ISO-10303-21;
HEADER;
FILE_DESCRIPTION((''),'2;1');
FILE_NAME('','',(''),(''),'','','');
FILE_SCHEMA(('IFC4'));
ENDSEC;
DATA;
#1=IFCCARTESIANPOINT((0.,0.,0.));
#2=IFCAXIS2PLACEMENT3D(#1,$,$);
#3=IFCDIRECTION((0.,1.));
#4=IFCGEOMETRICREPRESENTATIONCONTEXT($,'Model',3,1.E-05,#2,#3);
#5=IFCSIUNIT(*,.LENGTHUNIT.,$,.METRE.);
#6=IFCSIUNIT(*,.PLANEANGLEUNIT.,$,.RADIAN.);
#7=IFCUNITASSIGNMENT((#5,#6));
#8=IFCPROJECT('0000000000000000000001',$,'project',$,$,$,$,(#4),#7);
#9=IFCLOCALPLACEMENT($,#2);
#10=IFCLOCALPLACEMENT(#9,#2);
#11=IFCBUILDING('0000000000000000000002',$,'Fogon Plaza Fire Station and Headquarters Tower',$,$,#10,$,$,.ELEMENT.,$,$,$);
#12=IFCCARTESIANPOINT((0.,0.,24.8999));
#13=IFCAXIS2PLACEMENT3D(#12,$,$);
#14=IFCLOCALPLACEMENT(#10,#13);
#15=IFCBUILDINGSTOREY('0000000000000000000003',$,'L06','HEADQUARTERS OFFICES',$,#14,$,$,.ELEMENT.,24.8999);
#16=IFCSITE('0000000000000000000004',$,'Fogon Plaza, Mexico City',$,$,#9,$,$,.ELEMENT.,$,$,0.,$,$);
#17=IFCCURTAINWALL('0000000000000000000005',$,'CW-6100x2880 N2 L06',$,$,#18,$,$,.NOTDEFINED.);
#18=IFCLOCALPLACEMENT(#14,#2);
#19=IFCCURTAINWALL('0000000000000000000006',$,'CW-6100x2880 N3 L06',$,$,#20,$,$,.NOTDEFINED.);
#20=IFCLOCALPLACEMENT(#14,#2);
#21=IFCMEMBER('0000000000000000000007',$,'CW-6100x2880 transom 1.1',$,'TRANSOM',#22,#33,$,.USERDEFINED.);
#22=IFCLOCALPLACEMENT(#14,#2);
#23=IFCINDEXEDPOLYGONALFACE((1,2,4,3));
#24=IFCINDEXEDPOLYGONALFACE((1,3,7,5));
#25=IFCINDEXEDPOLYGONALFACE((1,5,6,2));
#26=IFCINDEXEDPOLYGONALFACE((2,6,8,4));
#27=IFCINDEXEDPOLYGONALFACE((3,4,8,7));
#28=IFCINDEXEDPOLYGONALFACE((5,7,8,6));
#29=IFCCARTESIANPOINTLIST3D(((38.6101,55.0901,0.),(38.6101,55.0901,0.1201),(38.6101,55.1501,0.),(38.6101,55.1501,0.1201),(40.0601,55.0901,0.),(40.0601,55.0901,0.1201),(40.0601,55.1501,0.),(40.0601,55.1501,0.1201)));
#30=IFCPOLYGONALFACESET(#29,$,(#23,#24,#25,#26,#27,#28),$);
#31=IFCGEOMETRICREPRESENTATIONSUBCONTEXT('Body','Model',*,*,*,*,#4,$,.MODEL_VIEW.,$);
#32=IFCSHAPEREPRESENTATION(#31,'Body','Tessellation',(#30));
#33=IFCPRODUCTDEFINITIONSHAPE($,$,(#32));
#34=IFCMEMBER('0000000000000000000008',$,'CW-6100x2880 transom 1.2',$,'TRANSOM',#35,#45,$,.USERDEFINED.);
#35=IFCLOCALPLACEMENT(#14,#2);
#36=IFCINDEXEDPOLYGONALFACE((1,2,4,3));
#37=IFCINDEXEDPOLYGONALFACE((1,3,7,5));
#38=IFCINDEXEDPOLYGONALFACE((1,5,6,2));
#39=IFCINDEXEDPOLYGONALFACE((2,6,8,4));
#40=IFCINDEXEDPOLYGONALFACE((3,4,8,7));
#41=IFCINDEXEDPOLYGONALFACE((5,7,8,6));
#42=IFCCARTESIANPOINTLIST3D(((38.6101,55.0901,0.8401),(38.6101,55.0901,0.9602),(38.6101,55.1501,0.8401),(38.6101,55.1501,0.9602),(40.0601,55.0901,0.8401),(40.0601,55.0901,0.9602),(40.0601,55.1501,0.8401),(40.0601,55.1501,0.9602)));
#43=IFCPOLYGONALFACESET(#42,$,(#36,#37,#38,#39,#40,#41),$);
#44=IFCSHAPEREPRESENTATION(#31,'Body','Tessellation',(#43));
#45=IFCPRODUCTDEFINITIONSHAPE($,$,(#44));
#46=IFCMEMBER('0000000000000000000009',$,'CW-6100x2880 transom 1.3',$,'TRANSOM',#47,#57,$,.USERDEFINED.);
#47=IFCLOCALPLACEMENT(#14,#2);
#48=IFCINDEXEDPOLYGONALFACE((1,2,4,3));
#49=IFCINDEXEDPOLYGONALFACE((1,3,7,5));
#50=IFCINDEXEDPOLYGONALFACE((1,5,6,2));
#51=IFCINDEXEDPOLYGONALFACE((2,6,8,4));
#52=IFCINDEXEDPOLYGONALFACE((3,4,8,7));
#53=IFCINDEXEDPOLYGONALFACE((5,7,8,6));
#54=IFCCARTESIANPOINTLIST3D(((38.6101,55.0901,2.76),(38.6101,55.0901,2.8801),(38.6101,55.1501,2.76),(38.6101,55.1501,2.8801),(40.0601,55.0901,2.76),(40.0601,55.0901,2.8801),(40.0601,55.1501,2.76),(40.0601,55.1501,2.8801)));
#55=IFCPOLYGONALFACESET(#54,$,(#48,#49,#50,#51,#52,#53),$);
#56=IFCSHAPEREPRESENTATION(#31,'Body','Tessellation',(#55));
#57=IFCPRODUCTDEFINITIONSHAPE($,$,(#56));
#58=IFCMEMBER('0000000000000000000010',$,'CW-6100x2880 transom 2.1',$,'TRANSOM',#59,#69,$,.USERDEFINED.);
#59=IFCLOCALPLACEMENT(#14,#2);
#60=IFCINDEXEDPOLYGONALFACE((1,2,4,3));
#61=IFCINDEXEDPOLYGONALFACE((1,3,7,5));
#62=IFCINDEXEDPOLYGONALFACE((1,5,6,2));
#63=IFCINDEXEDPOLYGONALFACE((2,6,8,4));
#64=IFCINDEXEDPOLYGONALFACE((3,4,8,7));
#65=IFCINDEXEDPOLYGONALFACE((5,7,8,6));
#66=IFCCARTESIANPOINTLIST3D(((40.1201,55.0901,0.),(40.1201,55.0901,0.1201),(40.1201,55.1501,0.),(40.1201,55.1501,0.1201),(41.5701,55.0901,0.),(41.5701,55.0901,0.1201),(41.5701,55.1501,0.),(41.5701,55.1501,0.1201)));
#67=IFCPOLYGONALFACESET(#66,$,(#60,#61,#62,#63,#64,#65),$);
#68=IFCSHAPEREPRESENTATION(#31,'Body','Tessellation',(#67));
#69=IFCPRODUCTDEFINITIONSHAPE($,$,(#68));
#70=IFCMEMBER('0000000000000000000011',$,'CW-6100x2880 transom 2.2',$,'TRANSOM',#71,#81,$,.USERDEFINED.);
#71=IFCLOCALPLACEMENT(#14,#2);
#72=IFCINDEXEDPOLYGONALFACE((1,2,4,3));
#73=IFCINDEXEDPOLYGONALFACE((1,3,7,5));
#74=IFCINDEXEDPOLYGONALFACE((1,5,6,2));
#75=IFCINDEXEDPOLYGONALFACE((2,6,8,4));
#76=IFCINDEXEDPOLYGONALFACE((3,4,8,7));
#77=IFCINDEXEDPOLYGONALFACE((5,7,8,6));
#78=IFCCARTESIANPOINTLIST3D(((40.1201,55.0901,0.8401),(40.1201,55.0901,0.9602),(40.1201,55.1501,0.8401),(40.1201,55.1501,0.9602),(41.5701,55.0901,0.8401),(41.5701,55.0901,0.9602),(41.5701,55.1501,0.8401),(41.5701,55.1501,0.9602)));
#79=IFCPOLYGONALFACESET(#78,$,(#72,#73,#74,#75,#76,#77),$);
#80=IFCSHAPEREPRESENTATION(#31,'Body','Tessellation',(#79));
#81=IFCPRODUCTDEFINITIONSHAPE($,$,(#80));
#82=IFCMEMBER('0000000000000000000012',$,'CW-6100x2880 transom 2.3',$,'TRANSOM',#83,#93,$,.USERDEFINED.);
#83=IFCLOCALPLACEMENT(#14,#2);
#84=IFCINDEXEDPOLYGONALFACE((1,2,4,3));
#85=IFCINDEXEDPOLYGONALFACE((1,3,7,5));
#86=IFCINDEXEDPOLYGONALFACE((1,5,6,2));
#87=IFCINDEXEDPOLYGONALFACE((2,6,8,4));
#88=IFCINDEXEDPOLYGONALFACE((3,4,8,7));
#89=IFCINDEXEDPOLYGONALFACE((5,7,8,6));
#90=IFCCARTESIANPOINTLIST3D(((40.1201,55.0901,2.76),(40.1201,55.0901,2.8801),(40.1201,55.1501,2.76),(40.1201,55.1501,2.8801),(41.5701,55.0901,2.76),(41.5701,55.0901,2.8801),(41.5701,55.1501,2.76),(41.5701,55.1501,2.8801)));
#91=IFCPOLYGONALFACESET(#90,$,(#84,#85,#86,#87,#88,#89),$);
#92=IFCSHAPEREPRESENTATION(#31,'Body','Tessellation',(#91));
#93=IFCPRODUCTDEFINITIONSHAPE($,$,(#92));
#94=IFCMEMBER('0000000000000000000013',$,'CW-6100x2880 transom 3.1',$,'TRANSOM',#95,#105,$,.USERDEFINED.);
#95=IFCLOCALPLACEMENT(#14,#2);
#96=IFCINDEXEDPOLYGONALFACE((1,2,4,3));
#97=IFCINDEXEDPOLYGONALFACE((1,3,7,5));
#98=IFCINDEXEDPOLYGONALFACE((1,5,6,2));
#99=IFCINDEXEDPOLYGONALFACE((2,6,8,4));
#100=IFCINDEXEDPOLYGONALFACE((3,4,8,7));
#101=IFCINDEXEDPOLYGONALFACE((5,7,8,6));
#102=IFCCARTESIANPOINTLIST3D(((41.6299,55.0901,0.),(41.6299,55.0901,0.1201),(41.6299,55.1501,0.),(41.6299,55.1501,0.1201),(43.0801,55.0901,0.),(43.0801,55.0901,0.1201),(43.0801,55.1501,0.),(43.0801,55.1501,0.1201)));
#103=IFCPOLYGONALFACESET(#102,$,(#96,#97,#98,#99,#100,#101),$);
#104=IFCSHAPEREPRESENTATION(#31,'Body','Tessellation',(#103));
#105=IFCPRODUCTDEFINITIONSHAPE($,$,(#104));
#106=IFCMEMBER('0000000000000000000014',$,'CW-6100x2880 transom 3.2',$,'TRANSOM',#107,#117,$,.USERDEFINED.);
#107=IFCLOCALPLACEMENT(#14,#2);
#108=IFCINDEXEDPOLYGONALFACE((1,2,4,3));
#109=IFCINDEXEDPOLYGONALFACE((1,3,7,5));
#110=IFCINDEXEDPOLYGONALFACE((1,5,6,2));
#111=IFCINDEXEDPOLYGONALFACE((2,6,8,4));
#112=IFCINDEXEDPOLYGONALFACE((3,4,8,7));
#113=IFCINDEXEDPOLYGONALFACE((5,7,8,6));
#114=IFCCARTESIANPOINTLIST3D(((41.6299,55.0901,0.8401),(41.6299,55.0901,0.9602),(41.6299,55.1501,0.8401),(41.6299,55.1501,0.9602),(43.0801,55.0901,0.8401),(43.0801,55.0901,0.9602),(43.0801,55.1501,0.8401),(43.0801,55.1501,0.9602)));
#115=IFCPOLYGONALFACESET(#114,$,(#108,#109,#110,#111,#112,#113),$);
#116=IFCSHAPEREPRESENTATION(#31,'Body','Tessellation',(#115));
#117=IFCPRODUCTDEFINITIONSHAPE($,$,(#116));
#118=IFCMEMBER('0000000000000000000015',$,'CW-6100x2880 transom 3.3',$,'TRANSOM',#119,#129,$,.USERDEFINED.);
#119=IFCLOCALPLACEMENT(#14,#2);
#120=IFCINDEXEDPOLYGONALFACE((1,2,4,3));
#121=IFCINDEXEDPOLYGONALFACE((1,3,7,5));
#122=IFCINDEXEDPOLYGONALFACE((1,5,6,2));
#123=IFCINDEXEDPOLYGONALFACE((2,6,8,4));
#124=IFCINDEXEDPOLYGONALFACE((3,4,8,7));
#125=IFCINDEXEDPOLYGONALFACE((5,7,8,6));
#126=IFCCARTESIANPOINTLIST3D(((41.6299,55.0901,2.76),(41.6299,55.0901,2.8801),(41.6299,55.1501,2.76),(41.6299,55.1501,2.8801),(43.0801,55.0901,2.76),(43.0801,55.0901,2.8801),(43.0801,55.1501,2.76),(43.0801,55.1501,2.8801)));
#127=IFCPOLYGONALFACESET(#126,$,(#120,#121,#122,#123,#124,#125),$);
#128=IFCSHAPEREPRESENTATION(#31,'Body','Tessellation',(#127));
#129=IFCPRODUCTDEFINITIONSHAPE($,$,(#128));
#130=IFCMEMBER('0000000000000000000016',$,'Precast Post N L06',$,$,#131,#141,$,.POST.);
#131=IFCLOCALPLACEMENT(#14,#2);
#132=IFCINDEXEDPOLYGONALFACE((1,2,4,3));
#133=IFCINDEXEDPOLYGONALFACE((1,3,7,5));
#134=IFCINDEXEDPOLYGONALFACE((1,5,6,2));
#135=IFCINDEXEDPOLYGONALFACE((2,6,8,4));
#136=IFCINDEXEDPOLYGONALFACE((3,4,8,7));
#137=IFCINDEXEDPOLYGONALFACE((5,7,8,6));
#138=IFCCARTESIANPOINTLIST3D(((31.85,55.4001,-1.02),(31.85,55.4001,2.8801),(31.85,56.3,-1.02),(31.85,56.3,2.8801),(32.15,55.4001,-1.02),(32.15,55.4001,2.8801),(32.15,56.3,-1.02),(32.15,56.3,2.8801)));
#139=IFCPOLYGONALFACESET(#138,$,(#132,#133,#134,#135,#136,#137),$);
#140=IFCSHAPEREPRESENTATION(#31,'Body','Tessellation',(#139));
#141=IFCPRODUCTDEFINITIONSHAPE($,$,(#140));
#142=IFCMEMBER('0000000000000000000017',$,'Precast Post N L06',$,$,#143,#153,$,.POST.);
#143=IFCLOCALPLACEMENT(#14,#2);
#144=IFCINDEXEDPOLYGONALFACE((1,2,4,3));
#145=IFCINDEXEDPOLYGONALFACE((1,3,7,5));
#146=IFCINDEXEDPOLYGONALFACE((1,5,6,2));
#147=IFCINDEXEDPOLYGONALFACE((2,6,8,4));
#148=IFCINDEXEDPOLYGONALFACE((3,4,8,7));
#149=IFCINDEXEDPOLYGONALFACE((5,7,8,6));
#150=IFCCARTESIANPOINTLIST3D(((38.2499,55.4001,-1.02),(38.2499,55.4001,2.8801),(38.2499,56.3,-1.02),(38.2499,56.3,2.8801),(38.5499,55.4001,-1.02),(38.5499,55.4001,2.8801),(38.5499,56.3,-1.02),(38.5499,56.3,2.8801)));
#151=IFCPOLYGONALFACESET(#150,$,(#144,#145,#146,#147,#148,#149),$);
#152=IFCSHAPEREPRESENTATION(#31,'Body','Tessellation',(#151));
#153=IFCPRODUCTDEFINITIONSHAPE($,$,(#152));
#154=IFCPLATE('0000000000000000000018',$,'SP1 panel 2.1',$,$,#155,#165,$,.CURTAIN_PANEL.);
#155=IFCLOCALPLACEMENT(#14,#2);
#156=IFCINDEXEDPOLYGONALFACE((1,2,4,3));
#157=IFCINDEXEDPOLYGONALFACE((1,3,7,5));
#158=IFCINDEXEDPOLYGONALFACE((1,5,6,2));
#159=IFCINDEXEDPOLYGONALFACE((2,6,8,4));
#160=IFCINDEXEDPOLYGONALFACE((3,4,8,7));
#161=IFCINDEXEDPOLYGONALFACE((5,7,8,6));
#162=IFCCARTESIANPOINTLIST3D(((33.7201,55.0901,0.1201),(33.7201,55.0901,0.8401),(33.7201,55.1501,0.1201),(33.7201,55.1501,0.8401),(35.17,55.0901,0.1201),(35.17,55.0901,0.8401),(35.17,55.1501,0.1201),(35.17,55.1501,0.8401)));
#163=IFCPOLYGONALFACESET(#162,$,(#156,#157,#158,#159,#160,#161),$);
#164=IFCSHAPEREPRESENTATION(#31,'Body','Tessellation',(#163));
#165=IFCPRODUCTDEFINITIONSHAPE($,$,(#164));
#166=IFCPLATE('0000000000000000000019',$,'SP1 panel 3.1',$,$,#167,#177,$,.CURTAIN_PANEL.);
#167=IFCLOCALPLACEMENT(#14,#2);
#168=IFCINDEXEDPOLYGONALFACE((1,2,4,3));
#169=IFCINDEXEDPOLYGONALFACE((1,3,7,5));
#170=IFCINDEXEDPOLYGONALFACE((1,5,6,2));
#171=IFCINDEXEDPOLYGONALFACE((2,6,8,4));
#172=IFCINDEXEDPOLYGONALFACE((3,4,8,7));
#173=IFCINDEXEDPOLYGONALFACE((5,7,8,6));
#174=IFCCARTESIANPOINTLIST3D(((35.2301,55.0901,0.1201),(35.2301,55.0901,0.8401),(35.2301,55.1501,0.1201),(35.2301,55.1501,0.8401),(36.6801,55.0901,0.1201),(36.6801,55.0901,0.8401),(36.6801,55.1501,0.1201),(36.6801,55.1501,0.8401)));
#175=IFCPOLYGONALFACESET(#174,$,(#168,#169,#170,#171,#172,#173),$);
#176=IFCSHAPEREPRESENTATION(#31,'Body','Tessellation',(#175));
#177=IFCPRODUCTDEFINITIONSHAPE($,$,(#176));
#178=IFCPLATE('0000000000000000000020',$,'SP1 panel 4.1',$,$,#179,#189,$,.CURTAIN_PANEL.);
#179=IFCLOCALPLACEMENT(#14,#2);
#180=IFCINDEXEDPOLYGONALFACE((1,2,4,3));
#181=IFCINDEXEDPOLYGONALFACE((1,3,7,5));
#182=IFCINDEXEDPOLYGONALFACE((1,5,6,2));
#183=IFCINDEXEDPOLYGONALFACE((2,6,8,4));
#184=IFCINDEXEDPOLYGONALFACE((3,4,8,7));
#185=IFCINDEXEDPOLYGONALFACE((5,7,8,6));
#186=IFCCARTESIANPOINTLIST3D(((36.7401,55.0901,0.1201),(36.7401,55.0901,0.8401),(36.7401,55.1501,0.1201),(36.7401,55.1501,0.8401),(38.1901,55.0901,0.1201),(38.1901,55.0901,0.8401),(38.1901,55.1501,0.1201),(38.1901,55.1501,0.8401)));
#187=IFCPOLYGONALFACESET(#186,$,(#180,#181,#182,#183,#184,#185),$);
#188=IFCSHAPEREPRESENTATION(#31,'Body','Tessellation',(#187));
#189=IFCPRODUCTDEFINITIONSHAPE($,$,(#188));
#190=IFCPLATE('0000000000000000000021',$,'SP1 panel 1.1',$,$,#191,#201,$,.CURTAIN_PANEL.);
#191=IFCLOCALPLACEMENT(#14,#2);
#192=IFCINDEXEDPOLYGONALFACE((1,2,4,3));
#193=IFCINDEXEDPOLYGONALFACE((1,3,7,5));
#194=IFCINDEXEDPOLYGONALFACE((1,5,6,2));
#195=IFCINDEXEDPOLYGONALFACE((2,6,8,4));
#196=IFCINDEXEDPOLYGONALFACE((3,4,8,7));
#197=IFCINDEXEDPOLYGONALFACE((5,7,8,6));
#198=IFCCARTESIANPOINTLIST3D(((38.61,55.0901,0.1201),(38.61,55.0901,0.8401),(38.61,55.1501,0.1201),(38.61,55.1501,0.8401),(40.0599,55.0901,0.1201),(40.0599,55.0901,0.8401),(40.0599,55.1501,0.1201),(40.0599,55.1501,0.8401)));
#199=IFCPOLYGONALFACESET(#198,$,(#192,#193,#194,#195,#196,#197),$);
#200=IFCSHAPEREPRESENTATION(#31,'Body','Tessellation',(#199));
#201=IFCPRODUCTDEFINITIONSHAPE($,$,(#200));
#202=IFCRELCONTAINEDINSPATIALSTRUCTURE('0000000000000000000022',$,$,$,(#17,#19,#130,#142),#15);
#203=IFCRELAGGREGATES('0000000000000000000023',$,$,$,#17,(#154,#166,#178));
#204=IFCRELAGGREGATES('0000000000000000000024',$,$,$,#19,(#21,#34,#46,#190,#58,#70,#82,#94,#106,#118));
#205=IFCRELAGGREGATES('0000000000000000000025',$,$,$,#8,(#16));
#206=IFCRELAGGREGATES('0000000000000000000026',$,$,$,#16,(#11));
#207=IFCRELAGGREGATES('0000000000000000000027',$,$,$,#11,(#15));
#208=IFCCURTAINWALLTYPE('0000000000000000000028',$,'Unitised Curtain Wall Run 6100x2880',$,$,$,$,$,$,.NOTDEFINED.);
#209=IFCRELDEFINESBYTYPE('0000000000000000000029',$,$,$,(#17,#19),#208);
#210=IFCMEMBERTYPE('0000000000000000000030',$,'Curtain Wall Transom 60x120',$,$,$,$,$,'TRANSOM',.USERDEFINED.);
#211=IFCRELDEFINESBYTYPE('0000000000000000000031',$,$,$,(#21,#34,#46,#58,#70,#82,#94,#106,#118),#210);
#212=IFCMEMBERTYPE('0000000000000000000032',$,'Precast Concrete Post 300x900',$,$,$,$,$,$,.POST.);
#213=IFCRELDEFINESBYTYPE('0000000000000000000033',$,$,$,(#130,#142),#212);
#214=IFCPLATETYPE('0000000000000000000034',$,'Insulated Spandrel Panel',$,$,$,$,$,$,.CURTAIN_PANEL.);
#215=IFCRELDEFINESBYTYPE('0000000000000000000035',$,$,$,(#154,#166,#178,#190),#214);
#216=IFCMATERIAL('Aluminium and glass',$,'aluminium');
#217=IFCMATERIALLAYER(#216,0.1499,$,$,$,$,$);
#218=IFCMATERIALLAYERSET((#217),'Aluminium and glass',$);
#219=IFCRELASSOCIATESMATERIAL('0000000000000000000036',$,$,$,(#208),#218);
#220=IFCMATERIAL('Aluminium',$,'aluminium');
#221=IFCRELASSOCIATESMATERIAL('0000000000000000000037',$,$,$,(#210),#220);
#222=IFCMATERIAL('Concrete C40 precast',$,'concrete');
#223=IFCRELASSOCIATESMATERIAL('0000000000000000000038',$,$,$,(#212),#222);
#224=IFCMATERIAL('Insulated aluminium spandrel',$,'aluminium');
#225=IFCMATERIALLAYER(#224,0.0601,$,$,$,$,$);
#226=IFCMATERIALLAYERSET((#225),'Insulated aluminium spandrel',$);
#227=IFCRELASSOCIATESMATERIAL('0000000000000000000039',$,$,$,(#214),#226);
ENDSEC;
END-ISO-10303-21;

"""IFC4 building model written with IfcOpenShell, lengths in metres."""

from ifc_helpers import new_model, si_unit, direction, frame, origin, origin_2d, place, context, subcontext, project, spatial, rectangle, extrude, material, layer, layer_set, material_profile, profile_set, type_object, element, aggregate, save


model = new_model("IFC4")

# Units and contexts
model_context = context("Model", 3, precision=1e-05, world=origin(), true_north=direction((0.0, 1.0)))
body_context = subcontext(model_context, "Body", "Model", "MODEL_VIEW")
ifc_project = project(units=[si_unit("LENGTHUNIT", "METRE"), si_unit("PLANEANGLEUNIT", "RADIAN")], contexts=[model_context])

# Site, building, storey
site_placement = place(None, origin())
site = spatial("IfcSite", under=ifc_project, at=site_placement, Name="Fogon Plaza, Mexico City", CompositionType="ELEMENT", RefElevation=0.0)
building_placement = place(site_placement, origin())
building = spatial("IfcBuilding", under=site, at=building_placement, Name="Fogon Plaza Fire Station and Headquarters Tower", CompositionType="ELEMENT")
storey_placement = place(building_placement, frame((0.0, 0.0, 24.8999)))
storey = spatial("IfcBuildingStorey", under=building, at=storey_placement, Name="L06", Description="HEADQUARTERS OFFICES", CompositionType="ELEMENT", Elevation=24.8999)

# Curtain walls
ifc_material_1 = material(Name="Aluminium and glass", Category="aluminium")
ifc_layer_1 = layer(ifc_material_1, 0.1499)
ifc_layer_set_1 = layer_set([ifc_layer_1], Name="Aluminium and glass")
curtain_wall_type = type_object("IfcCurtainWallType", Name="Unitised Curtain Wall Run 6100x2880", PredefinedType="NOTDEFINED", material=ifc_layer_set_1)
curtain_wall_1_placement = place(storey_placement, origin())
curtain_wall_1 = element("IfcCurtainWall", 1, at=curtain_wall_1_placement, inside=storey, type_object=curtain_wall_type, Name="CW-6100x2880 N2 L06", PredefinedType="NOTDEFINED")
curtain_wall_2_placement = place(storey_placement, origin())
curtain_wall_2 = element("IfcCurtainWall", 2, at=curtain_wall_2_placement, inside=storey, type_object=curtain_wall_type, Name="CW-6100x2880 N3 L06", PredefinedType="NOTDEFINED")

# Members
ifc_material_2 = material(Name="Aluminium", Category="aluminium")
ifc_material_profile_1 = material_profile(ifc_material_2, rectangle(XDim=0.0601, YDim=0.1201, at=origin_2d()), Name="Curtain Wall Transom 60x120")
ifc_profile_set_1 = profile_set([ifc_material_profile_1], Name="Aluminium")
member_type_1 = type_object("IfcMemberType", Name="Curtain Wall Transom 60x120", ElementType="TRANSOM", PredefinedType="USERDEFINED", material=ifc_profile_set_1)
member_1_placement = place(storey_placement, frame((38.6101, 55.1201, 0.0601), z_axis=(1.0, 0.0, 0.0), x_axis=(0.0, 1.0, 0.0)))
member_1 = element("IfcMember", 3, at=member_1_placement, type_object=member_type_1, Name="CW-6100x2880 transom 1.1", ObjectType="TRANSOM", PredefinedType="USERDEFINED", context=body_context, shape_type="SweptSolid", body=[
    extrude(rectangle(XDim=0.0601, YDim=0.1201, at=origin_2d()), origin(), (0.0, 0.0, 1.0), 1.45),
])
member_2_placement = place(storey_placement, frame((38.6101, 55.1201, 0.9001), z_axis=(1.0, 0.0, 0.0), x_axis=(0.0, 1.0, 0.0)))
member_2 = element("IfcMember", 4, at=member_2_placement, type_object=member_type_1, Name="CW-6100x2880 transom 1.2", ObjectType="TRANSOM", PredefinedType="USERDEFINED", context=body_context, shape_type="SweptSolid", body=[
    extrude(rectangle(XDim=0.0601, YDim=0.1201, at=origin_2d()), origin(), (0.0, 0.0, 1.0), 1.45),
])
member_3_placement = place(storey_placement, frame((38.6101, 55.1201, 2.8201), z_axis=(1.0, 0.0, 0.0), x_axis=(0.0, 1.0, 0.0)))
member_3 = element("IfcMember", 5, at=member_3_placement, type_object=member_type_1, Name="CW-6100x2880 transom 1.3", ObjectType="TRANSOM", PredefinedType="USERDEFINED", context=body_context, shape_type="SweptSolid", body=[
    extrude(rectangle(XDim=0.0601, YDim=0.1201, at=origin_2d()), origin(), (0.0, 0.0, 1.0), 1.45),
])
member_4_placement = place(storey_placement, frame((40.1201, 55.1201, 0.0601), z_axis=(1.0, 0.0, 0.0), x_axis=(0.0, 1.0, 0.0)))
member_4 = element("IfcMember", 6, at=member_4_placement, type_object=member_type_1, Name="CW-6100x2880 transom 2.1", ObjectType="TRANSOM", PredefinedType="USERDEFINED", context=body_context, shape_type="SweptSolid", body=[
    extrude(rectangle(XDim=0.0601, YDim=0.1201, at=origin_2d()), origin(), (0.0, 0.0, 1.0), 1.45),
])
member_5_placement = place(storey_placement, frame((40.1201, 55.1201, 0.9001), z_axis=(1.0, 0.0, 0.0), x_axis=(0.0, 1.0, 0.0)))
member_5 = element("IfcMember", 7, at=member_5_placement, type_object=member_type_1, Name="CW-6100x2880 transom 2.2", ObjectType="TRANSOM", PredefinedType="USERDEFINED", context=body_context, shape_type="SweptSolid", body=[
    extrude(rectangle(XDim=0.0601, YDim=0.1201, at=origin_2d()), origin(), (0.0, 0.0, 1.0), 1.45),
])
member_6_placement = place(storey_placement, frame((40.1201, 55.1201, 2.8201), z_axis=(1.0, 0.0, 0.0), x_axis=(0.0, 1.0, 0.0)))
member_6 = element("IfcMember", 8, at=member_6_placement, type_object=member_type_1, Name="CW-6100x2880 transom 2.3", ObjectType="TRANSOM", PredefinedType="USERDEFINED", context=body_context, shape_type="SweptSolid", body=[
    extrude(rectangle(XDim=0.0601, YDim=0.1201, at=origin_2d()), origin(), (0.0, 0.0, 1.0), 1.45),
])
member_7_placement = place(storey_placement, frame((41.6299, 55.1201, 0.0601), z_axis=(1.0, 0.0, 0.0), x_axis=(0.0, 1.0, 0.0)))
member_7 = element("IfcMember", 9, at=member_7_placement, type_object=member_type_1, Name="CW-6100x2880 transom 3.1", ObjectType="TRANSOM", PredefinedType="USERDEFINED", context=body_context, shape_type="SweptSolid", body=[
    extrude(rectangle(XDim=0.0601, YDim=0.1201, at=origin_2d()), origin(), (0.0, 0.0, 1.0), 1.4502),
])
member_8_placement = place(storey_placement, frame((41.6299, 55.1201, 0.9001), z_axis=(1.0, 0.0, 0.0), x_axis=(0.0, 1.0, 0.0)))
member_8 = element("IfcMember", 10, at=member_8_placement, type_object=member_type_1, Name="CW-6100x2880 transom 3.2", ObjectType="TRANSOM", PredefinedType="USERDEFINED", context=body_context, shape_type="SweptSolid", body=[
    extrude(rectangle(XDim=0.0601, YDim=0.1201, at=origin_2d()), origin(), (0.0, 0.0, 1.0), 1.4502),
])
member_9_placement = place(storey_placement, frame((41.6299, 55.1201, 2.8201), z_axis=(1.0, 0.0, 0.0), x_axis=(0.0, 1.0, 0.0)))
member_9 = element("IfcMember", 11, at=member_9_placement, type_object=member_type_1, Name="CW-6100x2880 transom 3.3", ObjectType="TRANSOM", PredefinedType="USERDEFINED", context=body_context, shape_type="SweptSolid", body=[
    extrude(rectangle(XDim=0.0601, YDim=0.1201, at=origin_2d()), origin(), (0.0, 0.0, 1.0), 1.4502),
])

# Members
ifc_material_3 = material(Name="Concrete C40 precast", Category="concrete")
ifc_material_profile_2 = material_profile(ifc_material_3, rectangle(XDim=0.3, YDim=0.8999, at=origin_2d()), Name="Precast Concrete Post 300x900")
ifc_profile_set_2 = profile_set([ifc_material_profile_2], Name="Concrete C40 precast")
member_type_2 = type_object("IfcMemberType", Name="Precast Concrete Post 300x900", PredefinedType="POST", material=ifc_profile_set_2)
for number, where, z_axis, x_axis, name in (
    (12, (32.0, 55.8501, -1.02), (0.0, 0.0, 1.0), (1.0, 0.0, 0.0), "Precast Post N L06"),
    (13, (38.3999, 55.8501, -1.02), (0.0, 0.0, 1.0), (1.0, 0.0, 0.0), "Precast Post N L06"),
):
    element("IfcMember", number, at=place(storey_placement, frame(where, z_axis=z_axis, x_axis=x_axis)), inside=storey, type_object=member_type_2, Name=name, PredefinedType="POST", context=body_context, shape_type="SweptSolid", body=[
        extrude(rectangle(XDim=0.3, YDim=0.8999, at=origin_2d()), origin(), (0.0, 0.0, 1.0), 3.9001),
    ])

# Plates
ifc_material_4 = material(Name="Insulated aluminium spandrel", Category="aluminium")
ifc_layer_2 = layer(ifc_material_4, 0.0601)
ifc_layer_set_2 = layer_set([ifc_layer_2], Name="Insulated aluminium spandrel")
plate_type_1 = type_object("IfcPlateType", Name="Insulated Spandrel Panel", PredefinedType="CURTAIN_PANEL", material=ifc_layer_set_2)
plate_1_placement = place(storey_placement, frame((34.4451, 55.1201, 0.1201), z_axis=(0.0, 0.0, 1.0), x_axis=(1.0, 0.0, 0.0)))
plate_1 = element("IfcPlate", 14, at=plate_1_placement, type_object=plate_type_1, Name="SP1 panel 2.1", PredefinedType="CURTAIN_PANEL", context=body_context, shape_type="SweptSolid", body=[
    extrude(rectangle(XDim=1.45, YDim=0.0601, at=origin_2d()), origin(), (0.0, 0.0, 1.0), 0.72),
])
plate_2_placement = place(storey_placement, frame((35.9551, 55.1201, 0.1201), z_axis=(0.0, 0.0, 1.0), x_axis=(1.0, 0.0, 0.0)))
plate_2 = element("IfcPlate", 15, at=plate_2_placement, type_object=plate_type_1, Name="SP1 panel 3.1", PredefinedType="CURTAIN_PANEL", context=body_context, shape_type="SweptSolid", body=[
    extrude(rectangle(XDim=1.45, YDim=0.0601, at=origin_2d()), origin(), (0.0, 0.0, 1.0), 0.72),
])
plate_3_placement = place(storey_placement, frame((37.4651, 55.1201, 0.1201), z_axis=(0.0, 0.0, 1.0), x_axis=(1.0, 0.0, 0.0)))
plate_3 = element("IfcPlate", 16, at=plate_3_placement, type_object=plate_type_1, Name="SP1 panel 4.1", PredefinedType="CURTAIN_PANEL", context=body_context, shape_type="SweptSolid", body=[
    extrude(rectangle(XDim=1.45, YDim=0.0601, at=origin_2d()), origin(), (0.0, 0.0, 1.0), 0.72),
])
plate_4_placement = place(storey_placement, frame((39.335, 55.1201, 0.1201), z_axis=(0.0, 0.0, 1.0), x_axis=(1.0, 0.0, 0.0)))
plate_4 = element("IfcPlate", 17, at=plate_4_placement, type_object=plate_type_1, Name="SP1 panel 1.1", PredefinedType="CURTAIN_PANEL", context=body_context, shape_type="SweptSolid", body=[
    extrude(rectangle(XDim=1.45, YDim=0.0601, at=origin_2d()), origin(), (0.0, 0.0, 1.0), 0.72),
])
aggregate(curtain_wall_1, [plate_1, plate_2, plate_3])
aggregate(curtain_wall_2, [member_1, member_2, member_3, plate_4, member_4, member_5, member_6, member_7, member_8, member_9])

save(model, "model.ifc")
